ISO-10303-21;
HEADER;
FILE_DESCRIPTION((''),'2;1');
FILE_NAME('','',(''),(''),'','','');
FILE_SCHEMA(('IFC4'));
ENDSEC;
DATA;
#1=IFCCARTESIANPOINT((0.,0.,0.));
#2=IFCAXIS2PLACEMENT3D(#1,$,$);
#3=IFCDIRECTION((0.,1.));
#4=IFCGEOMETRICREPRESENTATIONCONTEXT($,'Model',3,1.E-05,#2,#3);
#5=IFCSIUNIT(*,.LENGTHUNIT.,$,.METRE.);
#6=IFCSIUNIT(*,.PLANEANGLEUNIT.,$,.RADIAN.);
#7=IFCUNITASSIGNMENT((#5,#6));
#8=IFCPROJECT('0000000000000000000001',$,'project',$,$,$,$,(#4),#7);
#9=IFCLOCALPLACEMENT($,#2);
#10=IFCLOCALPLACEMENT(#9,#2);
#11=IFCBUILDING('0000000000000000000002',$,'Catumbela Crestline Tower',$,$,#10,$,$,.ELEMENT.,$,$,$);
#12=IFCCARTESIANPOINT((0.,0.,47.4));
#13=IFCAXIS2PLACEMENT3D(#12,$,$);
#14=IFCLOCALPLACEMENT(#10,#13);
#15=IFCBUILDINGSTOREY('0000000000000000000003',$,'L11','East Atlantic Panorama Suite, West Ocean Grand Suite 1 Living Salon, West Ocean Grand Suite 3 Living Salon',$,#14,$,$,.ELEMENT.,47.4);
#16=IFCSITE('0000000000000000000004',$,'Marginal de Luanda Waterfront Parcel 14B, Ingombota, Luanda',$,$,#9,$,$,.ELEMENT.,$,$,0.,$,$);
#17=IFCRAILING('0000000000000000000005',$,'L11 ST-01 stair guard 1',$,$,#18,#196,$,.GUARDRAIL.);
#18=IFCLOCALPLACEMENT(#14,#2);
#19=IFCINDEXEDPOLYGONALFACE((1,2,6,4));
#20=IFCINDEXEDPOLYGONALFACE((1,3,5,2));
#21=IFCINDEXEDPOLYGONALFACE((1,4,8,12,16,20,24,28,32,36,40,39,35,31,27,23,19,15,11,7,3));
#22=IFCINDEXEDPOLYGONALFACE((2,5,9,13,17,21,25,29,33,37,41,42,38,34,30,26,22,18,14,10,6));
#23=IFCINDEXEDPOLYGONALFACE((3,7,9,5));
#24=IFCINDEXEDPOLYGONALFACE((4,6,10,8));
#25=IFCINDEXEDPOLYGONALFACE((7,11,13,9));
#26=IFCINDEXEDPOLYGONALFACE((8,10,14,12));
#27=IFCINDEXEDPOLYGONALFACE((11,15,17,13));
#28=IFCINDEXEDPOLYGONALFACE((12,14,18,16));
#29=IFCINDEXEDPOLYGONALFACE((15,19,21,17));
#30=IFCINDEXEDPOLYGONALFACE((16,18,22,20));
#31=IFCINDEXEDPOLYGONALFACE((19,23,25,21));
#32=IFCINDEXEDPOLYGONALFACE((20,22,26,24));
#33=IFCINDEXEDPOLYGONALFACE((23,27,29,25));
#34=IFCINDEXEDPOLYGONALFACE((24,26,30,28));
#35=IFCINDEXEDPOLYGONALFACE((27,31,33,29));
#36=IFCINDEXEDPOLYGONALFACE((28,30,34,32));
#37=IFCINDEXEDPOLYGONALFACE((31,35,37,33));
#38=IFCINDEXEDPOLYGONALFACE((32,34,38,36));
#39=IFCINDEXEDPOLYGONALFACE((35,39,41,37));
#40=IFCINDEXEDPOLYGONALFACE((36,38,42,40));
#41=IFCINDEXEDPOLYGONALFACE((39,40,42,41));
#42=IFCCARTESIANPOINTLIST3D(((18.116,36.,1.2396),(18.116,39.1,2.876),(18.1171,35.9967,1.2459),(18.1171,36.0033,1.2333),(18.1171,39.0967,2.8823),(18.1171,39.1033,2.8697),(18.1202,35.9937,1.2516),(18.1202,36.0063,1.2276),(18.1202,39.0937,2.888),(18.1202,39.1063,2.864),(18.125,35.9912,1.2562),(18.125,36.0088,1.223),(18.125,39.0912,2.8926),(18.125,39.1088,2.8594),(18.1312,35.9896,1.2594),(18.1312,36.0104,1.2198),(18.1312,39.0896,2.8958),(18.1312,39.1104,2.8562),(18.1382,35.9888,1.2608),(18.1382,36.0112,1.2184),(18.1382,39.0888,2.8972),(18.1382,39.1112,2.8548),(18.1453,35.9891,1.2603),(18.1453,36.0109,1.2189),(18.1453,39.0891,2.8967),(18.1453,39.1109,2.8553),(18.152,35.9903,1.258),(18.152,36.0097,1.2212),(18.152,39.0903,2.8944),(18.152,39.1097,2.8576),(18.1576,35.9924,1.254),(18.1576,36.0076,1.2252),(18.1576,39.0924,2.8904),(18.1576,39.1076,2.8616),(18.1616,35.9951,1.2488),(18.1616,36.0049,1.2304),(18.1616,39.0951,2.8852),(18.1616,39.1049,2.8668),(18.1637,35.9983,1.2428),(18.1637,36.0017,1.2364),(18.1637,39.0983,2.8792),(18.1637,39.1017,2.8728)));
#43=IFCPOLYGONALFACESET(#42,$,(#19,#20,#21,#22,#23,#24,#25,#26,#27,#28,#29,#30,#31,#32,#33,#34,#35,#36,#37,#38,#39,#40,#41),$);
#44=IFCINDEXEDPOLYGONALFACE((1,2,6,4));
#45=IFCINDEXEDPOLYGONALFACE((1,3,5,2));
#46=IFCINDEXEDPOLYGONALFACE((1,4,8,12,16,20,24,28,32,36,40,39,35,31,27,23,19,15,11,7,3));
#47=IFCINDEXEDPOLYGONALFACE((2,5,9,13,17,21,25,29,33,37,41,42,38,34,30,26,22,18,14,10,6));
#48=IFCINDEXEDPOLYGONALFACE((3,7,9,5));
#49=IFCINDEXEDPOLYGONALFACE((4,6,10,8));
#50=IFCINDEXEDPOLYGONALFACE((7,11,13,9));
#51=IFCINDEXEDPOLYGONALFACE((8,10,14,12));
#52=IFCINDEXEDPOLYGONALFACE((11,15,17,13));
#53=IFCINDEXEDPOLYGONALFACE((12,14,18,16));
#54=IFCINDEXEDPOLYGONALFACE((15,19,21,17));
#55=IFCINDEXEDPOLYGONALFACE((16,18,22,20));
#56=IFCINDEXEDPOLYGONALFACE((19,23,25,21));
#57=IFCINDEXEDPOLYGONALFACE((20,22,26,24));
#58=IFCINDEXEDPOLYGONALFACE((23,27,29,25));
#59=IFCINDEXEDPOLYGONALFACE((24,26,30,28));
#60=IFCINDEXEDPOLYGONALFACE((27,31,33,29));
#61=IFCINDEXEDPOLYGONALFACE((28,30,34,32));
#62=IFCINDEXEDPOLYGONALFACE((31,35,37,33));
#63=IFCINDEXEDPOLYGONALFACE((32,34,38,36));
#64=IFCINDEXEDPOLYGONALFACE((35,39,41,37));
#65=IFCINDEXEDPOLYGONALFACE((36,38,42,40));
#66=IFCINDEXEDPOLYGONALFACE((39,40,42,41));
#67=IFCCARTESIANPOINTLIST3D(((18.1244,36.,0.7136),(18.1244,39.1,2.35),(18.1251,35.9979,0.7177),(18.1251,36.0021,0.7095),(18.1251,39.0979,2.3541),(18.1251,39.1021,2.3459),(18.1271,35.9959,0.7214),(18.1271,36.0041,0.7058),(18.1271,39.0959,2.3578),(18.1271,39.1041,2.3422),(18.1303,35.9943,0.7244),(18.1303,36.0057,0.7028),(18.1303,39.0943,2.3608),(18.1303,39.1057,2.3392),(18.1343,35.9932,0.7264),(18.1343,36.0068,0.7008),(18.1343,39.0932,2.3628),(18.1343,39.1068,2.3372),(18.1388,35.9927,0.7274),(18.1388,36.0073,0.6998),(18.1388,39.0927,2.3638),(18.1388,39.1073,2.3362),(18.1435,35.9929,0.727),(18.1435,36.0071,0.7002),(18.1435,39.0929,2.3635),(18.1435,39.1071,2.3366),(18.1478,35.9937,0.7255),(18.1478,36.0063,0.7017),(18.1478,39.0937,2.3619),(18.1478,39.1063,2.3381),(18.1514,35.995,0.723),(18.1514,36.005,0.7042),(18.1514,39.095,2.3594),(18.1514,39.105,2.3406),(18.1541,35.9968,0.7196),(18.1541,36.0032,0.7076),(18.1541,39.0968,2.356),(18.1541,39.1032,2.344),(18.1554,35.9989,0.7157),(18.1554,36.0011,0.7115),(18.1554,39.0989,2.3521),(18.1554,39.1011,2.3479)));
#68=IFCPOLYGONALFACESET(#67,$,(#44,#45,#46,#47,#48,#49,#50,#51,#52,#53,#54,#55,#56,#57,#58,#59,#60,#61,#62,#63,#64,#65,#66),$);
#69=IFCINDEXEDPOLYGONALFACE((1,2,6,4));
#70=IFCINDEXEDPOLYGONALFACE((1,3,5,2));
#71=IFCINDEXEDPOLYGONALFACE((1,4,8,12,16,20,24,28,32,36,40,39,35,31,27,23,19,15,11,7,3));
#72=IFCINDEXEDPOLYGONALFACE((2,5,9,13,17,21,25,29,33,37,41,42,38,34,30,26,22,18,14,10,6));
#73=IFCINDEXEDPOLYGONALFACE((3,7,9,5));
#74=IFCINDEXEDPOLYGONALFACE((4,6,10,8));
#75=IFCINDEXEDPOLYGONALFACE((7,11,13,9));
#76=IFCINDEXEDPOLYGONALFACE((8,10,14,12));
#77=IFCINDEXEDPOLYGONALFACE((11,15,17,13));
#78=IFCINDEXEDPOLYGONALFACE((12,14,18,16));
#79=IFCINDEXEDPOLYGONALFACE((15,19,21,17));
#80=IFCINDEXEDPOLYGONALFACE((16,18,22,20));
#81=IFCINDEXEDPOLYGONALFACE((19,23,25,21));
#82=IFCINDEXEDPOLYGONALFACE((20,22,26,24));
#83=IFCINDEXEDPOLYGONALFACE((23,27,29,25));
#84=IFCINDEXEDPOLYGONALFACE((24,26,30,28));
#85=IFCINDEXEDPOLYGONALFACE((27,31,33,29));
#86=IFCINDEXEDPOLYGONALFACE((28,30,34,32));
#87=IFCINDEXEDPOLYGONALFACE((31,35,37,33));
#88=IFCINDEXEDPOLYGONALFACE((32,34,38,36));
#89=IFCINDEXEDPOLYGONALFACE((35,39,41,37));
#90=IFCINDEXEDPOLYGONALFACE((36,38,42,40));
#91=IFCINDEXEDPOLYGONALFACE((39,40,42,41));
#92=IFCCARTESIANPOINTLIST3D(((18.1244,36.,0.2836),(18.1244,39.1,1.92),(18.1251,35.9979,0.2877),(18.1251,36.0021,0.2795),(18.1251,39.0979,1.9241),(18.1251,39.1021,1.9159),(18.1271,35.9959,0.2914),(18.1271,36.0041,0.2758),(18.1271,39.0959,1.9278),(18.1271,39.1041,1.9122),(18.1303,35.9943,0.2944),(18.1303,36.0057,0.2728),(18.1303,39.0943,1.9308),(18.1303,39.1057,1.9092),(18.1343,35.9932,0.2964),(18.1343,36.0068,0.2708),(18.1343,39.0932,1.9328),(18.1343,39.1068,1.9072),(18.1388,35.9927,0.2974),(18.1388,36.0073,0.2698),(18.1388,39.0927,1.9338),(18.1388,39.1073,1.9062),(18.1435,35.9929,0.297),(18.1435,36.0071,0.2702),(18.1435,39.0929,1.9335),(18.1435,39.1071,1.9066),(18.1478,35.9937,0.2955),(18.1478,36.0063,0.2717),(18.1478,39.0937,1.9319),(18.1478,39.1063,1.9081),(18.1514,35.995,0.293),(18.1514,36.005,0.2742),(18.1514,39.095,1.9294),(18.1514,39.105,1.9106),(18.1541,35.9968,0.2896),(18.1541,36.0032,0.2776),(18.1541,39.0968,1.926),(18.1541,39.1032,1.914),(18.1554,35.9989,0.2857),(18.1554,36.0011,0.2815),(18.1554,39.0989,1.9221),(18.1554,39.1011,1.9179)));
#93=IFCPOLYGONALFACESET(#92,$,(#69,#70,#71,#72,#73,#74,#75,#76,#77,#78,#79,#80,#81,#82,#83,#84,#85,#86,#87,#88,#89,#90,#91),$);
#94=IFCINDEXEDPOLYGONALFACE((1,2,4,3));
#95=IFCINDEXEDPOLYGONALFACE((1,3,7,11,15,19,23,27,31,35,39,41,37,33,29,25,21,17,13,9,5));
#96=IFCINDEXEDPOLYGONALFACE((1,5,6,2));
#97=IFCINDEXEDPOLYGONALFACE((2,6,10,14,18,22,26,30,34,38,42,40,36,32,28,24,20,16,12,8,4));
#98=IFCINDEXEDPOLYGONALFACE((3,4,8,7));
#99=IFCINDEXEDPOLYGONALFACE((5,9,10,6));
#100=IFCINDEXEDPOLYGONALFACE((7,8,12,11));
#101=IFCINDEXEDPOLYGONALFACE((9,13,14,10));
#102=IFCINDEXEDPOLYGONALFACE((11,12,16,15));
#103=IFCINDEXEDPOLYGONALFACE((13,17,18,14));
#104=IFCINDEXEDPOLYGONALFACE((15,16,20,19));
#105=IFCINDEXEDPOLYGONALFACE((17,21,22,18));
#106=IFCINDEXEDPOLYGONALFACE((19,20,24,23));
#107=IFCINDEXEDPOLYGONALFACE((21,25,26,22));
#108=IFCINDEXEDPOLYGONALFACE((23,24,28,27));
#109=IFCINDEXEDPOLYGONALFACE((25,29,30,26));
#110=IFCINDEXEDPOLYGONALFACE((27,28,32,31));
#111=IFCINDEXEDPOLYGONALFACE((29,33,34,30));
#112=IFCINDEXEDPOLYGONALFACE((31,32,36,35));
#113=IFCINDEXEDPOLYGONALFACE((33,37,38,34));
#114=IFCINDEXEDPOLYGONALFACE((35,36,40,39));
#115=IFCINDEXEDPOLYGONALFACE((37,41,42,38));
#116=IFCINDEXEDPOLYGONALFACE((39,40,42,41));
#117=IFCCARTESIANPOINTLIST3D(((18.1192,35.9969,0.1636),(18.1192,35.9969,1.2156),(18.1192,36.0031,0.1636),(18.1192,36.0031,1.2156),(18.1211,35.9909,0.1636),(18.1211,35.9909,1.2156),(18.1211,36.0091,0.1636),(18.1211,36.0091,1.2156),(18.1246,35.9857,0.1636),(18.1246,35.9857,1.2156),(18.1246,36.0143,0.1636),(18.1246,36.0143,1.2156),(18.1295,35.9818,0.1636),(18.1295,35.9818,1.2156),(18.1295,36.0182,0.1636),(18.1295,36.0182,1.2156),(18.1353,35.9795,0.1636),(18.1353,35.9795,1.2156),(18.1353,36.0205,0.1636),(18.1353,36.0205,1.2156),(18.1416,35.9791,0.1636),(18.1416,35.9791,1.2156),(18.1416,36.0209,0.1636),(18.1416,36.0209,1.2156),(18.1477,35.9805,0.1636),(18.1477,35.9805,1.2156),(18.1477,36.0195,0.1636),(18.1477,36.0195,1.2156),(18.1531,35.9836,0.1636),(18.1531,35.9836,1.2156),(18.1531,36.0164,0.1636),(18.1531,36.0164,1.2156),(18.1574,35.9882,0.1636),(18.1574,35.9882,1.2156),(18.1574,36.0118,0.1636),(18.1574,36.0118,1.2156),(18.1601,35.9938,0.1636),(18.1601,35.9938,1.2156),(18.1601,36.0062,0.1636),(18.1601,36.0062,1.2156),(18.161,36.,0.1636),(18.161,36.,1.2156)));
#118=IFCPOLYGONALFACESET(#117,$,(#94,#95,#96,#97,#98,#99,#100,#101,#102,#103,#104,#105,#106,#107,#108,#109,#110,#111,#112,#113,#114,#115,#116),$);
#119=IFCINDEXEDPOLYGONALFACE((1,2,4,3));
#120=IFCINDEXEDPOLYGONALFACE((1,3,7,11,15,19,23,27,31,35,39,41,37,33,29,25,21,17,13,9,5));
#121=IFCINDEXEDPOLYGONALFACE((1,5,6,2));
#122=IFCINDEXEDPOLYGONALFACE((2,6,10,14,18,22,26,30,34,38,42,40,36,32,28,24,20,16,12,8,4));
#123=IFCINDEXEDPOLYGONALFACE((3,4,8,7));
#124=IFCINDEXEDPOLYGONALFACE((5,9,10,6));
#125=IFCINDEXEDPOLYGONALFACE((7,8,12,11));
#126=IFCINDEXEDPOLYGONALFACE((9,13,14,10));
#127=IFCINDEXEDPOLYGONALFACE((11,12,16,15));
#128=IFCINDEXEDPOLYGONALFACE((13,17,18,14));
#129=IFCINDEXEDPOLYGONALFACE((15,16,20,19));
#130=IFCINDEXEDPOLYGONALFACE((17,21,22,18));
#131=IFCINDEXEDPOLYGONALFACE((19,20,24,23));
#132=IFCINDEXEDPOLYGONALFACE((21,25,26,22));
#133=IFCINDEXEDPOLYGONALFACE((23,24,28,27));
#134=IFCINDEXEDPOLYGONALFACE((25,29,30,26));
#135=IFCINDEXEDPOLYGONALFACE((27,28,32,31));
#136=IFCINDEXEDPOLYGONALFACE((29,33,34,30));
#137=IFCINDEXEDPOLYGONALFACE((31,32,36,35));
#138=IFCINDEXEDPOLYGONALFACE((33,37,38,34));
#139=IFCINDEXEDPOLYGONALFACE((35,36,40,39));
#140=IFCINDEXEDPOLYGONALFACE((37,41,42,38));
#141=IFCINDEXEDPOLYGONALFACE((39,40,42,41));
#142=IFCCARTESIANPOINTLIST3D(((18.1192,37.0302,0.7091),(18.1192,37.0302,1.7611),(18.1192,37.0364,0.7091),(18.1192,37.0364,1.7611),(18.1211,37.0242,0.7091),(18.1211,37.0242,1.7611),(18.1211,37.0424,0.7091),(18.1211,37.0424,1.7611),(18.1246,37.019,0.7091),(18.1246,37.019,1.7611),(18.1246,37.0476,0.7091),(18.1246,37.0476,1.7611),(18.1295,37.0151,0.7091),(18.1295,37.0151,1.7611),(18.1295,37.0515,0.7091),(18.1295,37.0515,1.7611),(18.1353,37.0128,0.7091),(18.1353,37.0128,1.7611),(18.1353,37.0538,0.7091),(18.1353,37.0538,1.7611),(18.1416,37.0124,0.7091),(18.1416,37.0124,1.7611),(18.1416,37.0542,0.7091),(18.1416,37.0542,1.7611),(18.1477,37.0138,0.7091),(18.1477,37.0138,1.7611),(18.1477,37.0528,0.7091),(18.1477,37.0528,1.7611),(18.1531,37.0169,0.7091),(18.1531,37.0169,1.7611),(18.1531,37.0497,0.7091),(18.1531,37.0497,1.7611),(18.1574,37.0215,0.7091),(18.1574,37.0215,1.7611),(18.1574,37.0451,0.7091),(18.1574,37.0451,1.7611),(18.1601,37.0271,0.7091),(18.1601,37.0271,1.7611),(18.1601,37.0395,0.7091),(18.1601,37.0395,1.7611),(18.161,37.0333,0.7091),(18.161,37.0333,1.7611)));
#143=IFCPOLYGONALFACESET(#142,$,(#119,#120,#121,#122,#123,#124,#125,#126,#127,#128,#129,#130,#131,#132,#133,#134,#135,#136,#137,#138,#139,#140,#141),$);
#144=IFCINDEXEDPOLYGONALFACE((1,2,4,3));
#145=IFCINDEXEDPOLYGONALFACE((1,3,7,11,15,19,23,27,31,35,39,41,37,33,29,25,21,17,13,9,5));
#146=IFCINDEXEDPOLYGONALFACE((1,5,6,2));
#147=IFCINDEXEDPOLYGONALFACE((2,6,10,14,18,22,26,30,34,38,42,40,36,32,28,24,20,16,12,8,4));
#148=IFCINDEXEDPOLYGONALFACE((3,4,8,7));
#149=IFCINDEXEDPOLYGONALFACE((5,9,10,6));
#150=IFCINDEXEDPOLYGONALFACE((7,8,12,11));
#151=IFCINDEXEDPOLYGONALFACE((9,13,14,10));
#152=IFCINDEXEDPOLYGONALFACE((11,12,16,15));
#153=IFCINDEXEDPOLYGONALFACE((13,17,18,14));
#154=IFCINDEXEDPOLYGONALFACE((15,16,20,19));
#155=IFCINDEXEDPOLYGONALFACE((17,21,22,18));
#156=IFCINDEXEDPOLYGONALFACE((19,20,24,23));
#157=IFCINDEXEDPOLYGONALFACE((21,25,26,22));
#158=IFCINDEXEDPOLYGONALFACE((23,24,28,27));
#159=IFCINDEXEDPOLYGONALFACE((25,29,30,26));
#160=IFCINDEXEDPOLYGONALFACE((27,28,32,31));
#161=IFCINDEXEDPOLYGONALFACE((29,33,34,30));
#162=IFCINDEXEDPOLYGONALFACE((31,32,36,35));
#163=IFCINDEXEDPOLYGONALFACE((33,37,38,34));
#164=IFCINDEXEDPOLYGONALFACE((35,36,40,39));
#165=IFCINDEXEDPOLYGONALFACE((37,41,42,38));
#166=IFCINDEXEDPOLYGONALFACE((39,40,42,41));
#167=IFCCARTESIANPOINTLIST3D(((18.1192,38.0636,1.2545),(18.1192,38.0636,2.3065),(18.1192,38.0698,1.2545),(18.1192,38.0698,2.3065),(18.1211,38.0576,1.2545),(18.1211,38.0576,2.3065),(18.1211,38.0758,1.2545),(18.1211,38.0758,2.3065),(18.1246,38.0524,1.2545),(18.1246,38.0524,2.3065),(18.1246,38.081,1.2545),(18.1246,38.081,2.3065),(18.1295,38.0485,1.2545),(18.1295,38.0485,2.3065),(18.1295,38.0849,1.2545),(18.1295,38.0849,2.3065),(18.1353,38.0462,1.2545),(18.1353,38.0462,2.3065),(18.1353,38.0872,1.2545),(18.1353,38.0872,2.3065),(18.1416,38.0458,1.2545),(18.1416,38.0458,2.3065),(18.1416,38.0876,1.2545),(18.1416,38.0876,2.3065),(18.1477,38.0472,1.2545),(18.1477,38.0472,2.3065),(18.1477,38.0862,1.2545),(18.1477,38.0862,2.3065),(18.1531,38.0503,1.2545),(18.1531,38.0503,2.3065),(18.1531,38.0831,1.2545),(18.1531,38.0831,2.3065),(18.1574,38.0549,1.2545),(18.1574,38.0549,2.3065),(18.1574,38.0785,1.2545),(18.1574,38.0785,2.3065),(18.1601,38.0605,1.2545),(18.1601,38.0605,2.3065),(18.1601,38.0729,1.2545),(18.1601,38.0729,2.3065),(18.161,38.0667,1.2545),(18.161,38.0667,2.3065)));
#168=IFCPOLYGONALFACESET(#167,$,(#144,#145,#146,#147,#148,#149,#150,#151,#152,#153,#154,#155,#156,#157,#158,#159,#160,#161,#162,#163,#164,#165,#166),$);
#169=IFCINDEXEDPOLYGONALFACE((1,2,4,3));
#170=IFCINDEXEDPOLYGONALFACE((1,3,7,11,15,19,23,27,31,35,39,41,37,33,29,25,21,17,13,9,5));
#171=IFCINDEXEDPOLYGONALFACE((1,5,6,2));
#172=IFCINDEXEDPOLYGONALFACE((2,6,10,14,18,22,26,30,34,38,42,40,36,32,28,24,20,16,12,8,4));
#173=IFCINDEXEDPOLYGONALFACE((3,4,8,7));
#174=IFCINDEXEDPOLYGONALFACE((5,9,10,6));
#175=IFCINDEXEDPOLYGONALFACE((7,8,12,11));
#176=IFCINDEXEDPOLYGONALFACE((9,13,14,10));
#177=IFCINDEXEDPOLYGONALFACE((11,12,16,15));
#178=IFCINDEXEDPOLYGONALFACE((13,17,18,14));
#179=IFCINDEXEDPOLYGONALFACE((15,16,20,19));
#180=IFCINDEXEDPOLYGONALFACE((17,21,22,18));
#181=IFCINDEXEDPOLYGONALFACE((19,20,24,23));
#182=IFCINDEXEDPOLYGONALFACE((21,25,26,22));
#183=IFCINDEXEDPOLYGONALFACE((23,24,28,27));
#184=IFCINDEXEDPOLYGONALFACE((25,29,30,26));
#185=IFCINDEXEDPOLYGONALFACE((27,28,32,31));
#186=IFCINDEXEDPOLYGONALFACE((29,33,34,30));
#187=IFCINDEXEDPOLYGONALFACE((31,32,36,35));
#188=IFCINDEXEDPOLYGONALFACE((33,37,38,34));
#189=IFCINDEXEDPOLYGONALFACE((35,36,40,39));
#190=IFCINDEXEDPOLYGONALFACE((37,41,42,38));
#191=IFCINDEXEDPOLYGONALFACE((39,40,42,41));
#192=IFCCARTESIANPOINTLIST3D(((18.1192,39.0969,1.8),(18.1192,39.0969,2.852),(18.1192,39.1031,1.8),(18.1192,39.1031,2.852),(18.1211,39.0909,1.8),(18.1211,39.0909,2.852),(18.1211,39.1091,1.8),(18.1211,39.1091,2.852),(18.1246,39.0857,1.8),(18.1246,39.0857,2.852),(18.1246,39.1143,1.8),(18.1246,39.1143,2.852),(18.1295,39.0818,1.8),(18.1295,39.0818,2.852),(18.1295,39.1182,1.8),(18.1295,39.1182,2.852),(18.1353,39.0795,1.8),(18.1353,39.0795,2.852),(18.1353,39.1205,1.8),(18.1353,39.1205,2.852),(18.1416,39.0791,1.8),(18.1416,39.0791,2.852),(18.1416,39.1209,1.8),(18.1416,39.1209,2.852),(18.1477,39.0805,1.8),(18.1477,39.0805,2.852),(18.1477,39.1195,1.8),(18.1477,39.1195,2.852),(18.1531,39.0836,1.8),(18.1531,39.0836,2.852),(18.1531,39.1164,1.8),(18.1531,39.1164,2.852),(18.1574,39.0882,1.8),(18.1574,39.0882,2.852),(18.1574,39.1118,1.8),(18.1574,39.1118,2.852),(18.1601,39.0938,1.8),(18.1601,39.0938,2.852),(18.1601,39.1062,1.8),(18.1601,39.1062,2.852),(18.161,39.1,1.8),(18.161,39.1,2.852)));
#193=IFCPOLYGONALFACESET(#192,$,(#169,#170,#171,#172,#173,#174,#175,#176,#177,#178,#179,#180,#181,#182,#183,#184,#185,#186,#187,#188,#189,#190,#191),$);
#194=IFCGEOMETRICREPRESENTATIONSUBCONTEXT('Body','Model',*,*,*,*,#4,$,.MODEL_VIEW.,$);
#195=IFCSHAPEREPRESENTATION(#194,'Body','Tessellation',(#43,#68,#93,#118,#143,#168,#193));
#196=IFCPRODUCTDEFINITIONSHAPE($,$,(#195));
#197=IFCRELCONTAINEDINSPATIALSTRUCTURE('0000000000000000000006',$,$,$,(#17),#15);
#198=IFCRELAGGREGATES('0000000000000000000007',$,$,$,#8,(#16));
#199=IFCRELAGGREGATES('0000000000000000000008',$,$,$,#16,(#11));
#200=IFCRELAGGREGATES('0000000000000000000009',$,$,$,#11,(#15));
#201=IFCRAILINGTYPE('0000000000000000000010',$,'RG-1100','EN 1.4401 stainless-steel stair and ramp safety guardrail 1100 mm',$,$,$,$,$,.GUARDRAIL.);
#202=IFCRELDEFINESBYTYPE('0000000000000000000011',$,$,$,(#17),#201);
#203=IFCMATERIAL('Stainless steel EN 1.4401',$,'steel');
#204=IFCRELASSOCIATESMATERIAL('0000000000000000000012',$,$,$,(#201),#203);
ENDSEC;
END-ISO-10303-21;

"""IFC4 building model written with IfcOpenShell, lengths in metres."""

from ifc_helpers import new_model, si_unit, direction, frame, origin, origin_2d, place, context, subcontext, project, spatial, circle, extrude, material, type_object, element, save


model = new_model("IFC4")

# Units and contexts
model_context = context("Model", 3, precision=1e-05, world=origin(), true_north=direction((0.0, 1.0)))
body_context = subcontext(model_context, "Body", "Model", "MODEL_VIEW")
ifc_project = project(units=[si_unit("LENGTHUNIT", "METRE"), si_unit("PLANEANGLEUNIT", "RADIAN")], contexts=[model_context])

# Site, building, storey
site_placement = place(None, origin())
site = spatial("IfcSite", under=ifc_project, at=site_placement, Name="Marginal de Luanda Waterfront Parcel 14B, Ingombota, Luanda", CompositionType="ELEMENT", RefElevation=0.0)
building_placement = place(site_placement, origin())
building = spatial("IfcBuilding", under=site, at=building_placement, Name="Catumbela Crestline Tower", CompositionType="ELEMENT")
storey_placement = place(building_placement, frame((0.0, 0.0, 47.4)))
storey = spatial("IfcBuildingStorey", under=building, at=storey_placement, Name="L11", Description="East Atlantic Panorama Suite, West Ocean Grand Suite 1 Living Salon, West Ocean Grand Suite 3 Living Salon", CompositionType="ELEMENT", Elevation=47.4)

# Railing
ifc_material_1 = material(Name="Stainless steel EN 1.4401", Category="steel")
railing_type_1 = type_object("IfcRailingType", Name="RG-1100", Description="EN 1.4401 stainless-steel stair and ramp safety guardrail 1100 mm", PredefinedType="GUARDRAIL", material=ifc_material_1)
railing_1_placement = place(storey_placement, frame((18.14, 36.0, 0.1636)))
element("IfcRailing", 1, at=railing_1_placement, inside=storey, type_object=railing_type_1, Name="L11 ST-01 stair guard 1", PredefinedType="GUARDRAIL", context=body_context, shape_type="SweptSolid", body=[
    extrude(circle(Radius=0.024, at=origin_2d()), frame((0.0, 0.0, 1.076), z_axis=(0.0, 0.884351, 0.466823), x_axis=(-1.0, 0.0, 0.0)), (0.0, 0.0, 1.0), 3.5054),
    extrude(circle(Radius=0.0156, at=origin_2d()), frame((0.0, 0.0, 0.55), z_axis=(0.0, 0.884351, 0.466823), x_axis=(-1.0, 0.0, 0.0)), (0.0, 0.0, 1.0), 3.5054),
    extrude(circle(Radius=0.0156, at=origin_2d()), frame((0.0, 0.0, 0.12), z_axis=(0.0, 0.884351, 0.466823), x_axis=(-1.0, 0.0, 0.0)), (0.0, 0.0, 1.0), 3.5054),
    extrude(circle(Radius=0.021, at=origin_2d()), origin(), (0.0, 0.0, 1.0), 1.052),
    extrude(circle(Radius=0.021, at=origin_2d()), frame((0.0, 1.0333, 0.5455)), (0.0, 0.0, 1.0), 1.052),
    extrude(circle(Radius=0.021, at=origin_2d()), frame((0.0, 2.0667, 1.0909)), (0.0, 0.0, 1.0), 1.052),
    extrude(circle(Radius=0.021, at=origin_2d()), frame((0.0, 3.1, 1.6364)), (0.0, 0.0, 1.0), 1.052),
])

save(model, "model.ifc")
